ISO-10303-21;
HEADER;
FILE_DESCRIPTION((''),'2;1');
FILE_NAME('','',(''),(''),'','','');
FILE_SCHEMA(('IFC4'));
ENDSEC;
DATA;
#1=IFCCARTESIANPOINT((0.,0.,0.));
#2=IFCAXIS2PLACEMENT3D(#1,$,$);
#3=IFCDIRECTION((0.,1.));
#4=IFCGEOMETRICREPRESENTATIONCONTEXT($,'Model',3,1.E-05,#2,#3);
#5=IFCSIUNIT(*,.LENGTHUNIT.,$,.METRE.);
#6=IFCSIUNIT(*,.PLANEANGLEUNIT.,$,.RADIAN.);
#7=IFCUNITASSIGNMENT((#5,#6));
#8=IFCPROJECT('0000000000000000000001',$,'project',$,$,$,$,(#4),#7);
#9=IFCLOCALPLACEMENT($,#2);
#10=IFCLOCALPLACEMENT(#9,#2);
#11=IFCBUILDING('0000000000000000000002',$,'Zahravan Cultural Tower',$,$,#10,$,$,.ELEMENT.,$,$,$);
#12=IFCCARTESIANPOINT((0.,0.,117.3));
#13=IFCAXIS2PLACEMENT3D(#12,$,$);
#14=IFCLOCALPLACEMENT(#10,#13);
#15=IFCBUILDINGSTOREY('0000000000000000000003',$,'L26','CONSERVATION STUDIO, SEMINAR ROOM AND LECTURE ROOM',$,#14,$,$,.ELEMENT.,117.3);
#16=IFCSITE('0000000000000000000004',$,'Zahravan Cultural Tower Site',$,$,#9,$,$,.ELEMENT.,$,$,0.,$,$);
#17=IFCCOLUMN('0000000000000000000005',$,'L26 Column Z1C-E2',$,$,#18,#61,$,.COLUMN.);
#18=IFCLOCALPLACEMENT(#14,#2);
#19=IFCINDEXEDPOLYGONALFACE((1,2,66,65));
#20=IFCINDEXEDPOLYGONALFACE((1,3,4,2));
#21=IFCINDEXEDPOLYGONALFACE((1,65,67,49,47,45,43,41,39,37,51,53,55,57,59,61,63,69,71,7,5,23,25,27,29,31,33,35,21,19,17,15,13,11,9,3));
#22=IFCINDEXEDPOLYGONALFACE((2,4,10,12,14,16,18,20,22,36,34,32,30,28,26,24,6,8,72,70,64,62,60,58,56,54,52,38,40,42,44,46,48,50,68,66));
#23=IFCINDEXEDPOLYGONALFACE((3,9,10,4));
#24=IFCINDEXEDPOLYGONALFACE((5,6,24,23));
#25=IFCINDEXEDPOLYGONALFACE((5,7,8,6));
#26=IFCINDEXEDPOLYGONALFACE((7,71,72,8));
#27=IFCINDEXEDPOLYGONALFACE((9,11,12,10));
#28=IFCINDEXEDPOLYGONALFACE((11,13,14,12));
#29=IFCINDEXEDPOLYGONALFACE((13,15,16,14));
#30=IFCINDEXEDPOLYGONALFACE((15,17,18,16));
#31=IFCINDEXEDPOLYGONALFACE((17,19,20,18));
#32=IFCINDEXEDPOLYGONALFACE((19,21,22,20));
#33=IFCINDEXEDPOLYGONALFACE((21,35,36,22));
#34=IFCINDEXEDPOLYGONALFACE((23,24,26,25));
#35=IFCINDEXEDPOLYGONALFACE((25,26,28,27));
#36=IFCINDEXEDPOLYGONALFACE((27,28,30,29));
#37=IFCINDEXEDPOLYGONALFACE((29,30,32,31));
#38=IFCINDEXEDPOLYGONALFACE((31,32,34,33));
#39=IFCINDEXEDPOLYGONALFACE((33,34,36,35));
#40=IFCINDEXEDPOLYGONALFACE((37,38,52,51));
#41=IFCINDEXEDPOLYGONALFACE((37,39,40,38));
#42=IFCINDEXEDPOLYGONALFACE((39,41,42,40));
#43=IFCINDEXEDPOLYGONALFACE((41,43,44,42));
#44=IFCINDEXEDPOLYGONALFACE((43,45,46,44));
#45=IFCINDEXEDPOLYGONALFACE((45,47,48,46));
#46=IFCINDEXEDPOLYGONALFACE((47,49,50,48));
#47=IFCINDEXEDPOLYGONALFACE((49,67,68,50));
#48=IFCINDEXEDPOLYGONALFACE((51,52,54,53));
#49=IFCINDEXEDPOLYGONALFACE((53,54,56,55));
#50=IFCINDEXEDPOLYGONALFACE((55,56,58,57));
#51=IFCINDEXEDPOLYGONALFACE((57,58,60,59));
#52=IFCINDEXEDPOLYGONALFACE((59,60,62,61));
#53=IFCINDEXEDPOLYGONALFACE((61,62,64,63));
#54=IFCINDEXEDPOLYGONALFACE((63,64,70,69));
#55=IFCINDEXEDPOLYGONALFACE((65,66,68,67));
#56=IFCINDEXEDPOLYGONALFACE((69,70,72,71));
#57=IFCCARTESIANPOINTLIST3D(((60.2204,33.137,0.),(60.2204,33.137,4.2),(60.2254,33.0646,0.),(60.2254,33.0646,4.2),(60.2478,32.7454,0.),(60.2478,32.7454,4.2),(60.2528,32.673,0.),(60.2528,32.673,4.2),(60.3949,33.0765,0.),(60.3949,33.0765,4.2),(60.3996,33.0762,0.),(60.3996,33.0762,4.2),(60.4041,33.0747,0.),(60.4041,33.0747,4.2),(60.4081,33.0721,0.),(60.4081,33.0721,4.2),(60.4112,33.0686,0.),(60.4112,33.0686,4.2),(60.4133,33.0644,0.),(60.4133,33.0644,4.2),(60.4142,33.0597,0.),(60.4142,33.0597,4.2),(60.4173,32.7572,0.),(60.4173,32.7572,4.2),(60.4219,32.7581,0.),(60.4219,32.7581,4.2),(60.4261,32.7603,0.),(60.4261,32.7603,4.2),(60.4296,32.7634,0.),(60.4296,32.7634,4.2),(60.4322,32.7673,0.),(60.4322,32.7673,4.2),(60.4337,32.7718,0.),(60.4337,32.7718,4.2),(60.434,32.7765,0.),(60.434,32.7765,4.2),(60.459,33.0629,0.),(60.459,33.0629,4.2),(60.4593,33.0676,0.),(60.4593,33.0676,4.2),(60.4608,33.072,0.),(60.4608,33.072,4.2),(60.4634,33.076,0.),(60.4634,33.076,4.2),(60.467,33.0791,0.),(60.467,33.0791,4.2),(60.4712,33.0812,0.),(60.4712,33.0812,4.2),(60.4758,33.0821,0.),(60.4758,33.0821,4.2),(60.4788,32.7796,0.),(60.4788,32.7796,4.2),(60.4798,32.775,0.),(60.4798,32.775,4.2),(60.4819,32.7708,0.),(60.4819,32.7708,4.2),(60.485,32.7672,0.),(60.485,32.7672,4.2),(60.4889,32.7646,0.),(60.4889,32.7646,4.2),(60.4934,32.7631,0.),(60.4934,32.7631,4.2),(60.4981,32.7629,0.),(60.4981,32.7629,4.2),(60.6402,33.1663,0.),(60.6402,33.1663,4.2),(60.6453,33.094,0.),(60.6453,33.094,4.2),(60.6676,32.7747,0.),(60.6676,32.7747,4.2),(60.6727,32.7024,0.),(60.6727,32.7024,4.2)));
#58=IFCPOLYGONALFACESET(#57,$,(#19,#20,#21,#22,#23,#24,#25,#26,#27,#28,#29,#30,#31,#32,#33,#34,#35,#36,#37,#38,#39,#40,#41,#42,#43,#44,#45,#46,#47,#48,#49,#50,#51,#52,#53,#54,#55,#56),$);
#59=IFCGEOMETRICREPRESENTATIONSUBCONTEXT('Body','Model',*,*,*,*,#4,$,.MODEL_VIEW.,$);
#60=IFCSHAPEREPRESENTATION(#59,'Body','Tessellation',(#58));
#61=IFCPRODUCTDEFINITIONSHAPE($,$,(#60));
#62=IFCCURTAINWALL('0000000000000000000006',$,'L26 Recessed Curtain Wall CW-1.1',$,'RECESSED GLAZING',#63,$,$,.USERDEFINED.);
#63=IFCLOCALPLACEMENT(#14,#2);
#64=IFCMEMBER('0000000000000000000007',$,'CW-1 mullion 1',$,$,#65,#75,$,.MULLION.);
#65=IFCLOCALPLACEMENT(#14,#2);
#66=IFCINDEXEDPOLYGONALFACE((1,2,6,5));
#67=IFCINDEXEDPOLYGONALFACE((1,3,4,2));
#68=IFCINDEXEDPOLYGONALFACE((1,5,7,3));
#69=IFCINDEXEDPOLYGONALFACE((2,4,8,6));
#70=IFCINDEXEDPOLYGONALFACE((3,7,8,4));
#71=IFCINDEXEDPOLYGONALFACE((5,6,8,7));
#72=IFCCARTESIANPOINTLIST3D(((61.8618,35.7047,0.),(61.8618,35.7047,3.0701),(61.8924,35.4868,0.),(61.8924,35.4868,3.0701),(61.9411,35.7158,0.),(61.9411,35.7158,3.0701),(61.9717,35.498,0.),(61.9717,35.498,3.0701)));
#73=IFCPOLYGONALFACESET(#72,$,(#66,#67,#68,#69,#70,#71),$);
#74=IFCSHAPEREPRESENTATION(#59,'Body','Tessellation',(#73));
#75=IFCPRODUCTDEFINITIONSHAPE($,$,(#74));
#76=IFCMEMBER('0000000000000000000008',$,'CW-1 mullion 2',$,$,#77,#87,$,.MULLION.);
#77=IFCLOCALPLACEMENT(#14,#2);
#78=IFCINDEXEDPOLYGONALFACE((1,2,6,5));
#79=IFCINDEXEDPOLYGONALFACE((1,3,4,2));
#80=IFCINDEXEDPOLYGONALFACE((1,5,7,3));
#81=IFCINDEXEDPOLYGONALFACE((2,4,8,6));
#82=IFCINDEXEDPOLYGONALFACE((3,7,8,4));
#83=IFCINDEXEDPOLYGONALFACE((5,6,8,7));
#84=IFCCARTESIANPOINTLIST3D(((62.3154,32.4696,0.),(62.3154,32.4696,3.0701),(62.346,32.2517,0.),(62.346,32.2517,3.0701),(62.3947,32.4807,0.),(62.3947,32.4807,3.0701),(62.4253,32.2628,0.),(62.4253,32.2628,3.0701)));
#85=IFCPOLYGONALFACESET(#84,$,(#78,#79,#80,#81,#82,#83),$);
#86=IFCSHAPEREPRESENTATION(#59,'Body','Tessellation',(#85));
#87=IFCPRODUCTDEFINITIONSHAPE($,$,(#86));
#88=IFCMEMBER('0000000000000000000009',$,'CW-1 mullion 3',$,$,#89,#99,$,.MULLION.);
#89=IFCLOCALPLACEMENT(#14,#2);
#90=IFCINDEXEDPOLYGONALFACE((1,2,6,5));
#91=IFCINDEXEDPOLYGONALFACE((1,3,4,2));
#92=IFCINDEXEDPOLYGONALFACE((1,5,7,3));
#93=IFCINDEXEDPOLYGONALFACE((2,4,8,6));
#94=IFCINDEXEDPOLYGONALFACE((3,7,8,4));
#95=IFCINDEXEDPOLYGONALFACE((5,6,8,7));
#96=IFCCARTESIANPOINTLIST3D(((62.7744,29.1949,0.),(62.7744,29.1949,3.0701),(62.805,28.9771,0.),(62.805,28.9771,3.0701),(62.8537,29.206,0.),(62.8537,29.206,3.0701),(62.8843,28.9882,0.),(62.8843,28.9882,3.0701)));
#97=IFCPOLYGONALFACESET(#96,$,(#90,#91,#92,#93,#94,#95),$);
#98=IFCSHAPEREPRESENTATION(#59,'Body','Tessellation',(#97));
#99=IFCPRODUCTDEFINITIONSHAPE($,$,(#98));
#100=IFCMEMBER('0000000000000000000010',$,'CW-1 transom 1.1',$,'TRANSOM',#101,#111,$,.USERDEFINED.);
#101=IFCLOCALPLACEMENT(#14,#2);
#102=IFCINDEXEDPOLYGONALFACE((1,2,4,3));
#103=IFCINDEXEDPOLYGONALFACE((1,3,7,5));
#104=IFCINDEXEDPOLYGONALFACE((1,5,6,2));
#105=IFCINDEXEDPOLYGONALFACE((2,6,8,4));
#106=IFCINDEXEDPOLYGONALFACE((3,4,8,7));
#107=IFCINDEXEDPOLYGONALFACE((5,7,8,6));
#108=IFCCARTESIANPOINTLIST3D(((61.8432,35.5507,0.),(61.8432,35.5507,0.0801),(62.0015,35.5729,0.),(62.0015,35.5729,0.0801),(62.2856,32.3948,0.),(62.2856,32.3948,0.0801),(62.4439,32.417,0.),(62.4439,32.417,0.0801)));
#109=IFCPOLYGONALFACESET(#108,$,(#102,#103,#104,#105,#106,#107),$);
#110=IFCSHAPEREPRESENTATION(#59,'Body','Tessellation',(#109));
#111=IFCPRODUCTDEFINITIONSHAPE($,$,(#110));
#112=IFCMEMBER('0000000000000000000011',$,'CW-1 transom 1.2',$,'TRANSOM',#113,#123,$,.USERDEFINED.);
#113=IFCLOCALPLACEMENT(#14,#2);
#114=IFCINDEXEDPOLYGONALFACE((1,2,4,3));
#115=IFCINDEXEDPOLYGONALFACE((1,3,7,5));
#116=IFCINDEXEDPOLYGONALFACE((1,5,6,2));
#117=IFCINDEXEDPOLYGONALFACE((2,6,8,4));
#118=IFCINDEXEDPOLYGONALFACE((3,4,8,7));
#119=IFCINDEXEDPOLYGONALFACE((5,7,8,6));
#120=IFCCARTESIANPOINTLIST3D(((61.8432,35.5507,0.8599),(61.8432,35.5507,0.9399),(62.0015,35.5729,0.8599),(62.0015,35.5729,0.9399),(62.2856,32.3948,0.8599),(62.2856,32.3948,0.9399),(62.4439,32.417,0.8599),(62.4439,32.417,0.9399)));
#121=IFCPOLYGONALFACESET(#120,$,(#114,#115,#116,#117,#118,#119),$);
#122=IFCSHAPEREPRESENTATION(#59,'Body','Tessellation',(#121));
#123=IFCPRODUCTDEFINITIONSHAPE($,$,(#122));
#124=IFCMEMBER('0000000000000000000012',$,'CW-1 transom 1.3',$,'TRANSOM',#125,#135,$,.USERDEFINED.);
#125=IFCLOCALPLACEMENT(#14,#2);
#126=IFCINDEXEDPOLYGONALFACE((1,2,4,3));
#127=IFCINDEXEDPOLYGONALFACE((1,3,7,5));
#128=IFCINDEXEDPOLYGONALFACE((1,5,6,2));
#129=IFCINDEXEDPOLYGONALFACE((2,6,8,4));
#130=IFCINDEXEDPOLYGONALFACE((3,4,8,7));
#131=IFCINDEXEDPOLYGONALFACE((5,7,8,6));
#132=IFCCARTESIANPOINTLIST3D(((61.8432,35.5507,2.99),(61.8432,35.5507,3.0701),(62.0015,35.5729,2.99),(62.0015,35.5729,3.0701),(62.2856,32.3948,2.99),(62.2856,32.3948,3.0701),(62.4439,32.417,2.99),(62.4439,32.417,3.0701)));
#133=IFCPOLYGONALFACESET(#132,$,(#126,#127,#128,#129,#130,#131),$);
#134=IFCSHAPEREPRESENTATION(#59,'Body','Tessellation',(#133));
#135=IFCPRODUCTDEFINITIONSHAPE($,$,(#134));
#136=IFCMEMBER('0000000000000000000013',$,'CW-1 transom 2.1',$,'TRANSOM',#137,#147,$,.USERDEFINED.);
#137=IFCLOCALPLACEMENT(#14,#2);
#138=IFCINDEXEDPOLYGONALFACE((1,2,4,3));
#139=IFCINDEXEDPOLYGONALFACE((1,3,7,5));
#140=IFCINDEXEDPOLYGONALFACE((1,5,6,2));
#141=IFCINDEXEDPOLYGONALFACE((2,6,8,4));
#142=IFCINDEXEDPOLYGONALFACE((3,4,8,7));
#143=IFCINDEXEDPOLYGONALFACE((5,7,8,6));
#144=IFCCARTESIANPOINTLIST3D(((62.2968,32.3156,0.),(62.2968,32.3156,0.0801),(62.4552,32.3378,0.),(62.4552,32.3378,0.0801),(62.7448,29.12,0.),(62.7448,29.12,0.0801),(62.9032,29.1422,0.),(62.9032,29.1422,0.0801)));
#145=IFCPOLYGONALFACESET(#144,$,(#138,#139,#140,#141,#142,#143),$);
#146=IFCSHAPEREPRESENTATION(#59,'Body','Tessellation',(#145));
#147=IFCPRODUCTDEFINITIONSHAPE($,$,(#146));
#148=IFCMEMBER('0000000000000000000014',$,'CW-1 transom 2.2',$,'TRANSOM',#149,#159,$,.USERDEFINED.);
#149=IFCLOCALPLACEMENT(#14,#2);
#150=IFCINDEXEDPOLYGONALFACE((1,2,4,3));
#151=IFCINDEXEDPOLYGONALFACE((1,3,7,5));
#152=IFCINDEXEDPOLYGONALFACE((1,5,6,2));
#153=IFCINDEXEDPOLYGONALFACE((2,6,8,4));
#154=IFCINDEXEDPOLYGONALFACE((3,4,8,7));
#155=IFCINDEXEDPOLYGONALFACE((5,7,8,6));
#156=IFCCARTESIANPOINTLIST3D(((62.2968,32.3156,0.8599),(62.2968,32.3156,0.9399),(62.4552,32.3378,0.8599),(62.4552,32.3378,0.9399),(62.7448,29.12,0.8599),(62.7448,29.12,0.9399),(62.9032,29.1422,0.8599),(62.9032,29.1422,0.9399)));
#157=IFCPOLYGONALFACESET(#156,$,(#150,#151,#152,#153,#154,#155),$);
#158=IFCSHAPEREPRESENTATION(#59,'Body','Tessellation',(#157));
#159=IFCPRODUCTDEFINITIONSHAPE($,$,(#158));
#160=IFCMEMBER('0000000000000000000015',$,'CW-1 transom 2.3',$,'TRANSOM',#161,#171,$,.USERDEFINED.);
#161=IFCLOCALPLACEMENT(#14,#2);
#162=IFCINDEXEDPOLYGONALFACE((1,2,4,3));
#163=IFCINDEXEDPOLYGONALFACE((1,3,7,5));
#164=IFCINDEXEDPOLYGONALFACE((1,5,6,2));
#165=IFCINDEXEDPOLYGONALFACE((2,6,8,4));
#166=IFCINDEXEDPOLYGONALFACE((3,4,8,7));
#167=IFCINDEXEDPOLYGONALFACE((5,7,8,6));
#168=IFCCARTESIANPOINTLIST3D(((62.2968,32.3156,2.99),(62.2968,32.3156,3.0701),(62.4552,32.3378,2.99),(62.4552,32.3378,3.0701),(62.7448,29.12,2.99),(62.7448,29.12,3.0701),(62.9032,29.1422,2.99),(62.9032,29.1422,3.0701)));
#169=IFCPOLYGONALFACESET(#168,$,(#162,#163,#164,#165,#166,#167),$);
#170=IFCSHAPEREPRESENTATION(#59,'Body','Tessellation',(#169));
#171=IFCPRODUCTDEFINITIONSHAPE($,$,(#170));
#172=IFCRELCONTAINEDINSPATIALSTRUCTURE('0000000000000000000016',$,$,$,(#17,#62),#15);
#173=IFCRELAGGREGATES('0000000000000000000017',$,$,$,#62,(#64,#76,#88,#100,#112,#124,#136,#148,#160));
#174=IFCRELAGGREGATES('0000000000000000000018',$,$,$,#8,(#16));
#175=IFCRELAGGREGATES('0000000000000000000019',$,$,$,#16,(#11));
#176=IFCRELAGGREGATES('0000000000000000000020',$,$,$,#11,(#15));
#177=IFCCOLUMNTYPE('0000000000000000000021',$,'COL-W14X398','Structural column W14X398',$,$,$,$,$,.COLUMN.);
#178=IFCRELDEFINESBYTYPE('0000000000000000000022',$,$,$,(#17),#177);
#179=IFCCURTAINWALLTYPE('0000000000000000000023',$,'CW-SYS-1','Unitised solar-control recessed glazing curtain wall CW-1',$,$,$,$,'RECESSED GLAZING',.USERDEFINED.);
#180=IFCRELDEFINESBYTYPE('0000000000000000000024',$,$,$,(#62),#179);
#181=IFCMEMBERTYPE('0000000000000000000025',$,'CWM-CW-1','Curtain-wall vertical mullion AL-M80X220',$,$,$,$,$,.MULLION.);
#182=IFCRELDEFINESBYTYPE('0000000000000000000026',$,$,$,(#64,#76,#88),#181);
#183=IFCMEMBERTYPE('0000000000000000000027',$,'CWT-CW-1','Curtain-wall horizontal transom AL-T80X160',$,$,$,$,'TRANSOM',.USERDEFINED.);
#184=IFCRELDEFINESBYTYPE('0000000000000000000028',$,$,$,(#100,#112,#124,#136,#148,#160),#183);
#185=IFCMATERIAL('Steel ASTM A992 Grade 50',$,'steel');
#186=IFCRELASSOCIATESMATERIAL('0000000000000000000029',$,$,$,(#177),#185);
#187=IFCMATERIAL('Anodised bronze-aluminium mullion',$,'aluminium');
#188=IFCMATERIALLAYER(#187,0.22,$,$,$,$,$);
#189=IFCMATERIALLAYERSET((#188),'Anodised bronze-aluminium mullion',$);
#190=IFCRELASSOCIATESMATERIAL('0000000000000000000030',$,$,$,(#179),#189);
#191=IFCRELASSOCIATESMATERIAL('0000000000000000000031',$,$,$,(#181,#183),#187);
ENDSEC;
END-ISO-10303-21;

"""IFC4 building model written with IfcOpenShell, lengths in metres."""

from ifc_helpers import new_model, si_unit, direction, frame, origin, origin_2d, place, context, subcontext, project, spatial, rectangle, i_section, extrude, source, transform, mapped, material, layer, layer_set, material_profile, profile_set, type_object, element, aggregate, save


model = new_model("IFC4")

# Units and contexts
model_context = context("Model", 3, precision=1e-05, world=origin(), true_north=direction((0.0, 1.0)))
body_context = subcontext(model_context, "Body", "Model", "MODEL_VIEW")
ifc_project = project(units=[si_unit("LENGTHUNIT", "METRE"), si_unit("PLANEANGLEUNIT", "RADIAN")], contexts=[model_context])

# Site, building, storey
site_placement = place(None, origin())
site = spatial("IfcSite", under=ifc_project, at=site_placement, Name="Zahravan Cultural Tower Site", CompositionType="ELEMENT", RefElevation=0.0)
building_placement = place(site_placement, origin())
building = spatial("IfcBuilding", under=site, at=building_placement, Name="Zahravan Cultural Tower", CompositionType="ELEMENT")
storey_placement = place(building_placement, frame((0.0, 0.0, 117.3)))
storey = spatial("IfcBuildingStorey", under=building, at=storey_placement, Name="L26", Description="CONSERVATION STUDIO, SEMINAR ROOM AND LECTURE ROOM", CompositionType="ELEMENT", Elevation=117.3)

# Column
ifc_material_1 = material(Name="Steel ASTM A992 Grade 50", Category="steel")
ifc_material_profile_1 = material_profile(ifc_material_1, i_section(OverallWidth=0.4209, OverallDepth=0.4651, WebThickness=0.0449, FlangeThickness=0.0725, FilletRadius=0.0181, at=origin_2d()), Name="W14X398")
ifc_profile_set_1 = profile_set([ifc_material_profile_1], Name="Steel ASTM A992 Grade 50")
column_type = type_object("IfcColumnType", Name="COL-W14X398", Description="Structural column W14X398", PredefinedType="COLUMN", material=ifc_profile_set_1)
shared_shape_1 = source(origin(), body_context, "Body", "SweptSolid", [
    extrude(i_section(OverallWidth=0.4209, OverallDepth=0.4651, WebThickness=0.0449, FlangeThickness=0.0725, FilletRadius=0.0181, at=origin_2d()), origin(), (0.0, 0.0, 1.0), 4.2),
])
column_placement = place(storey_placement, frame((60.4465, 32.9197, 0.0), z_axis=(0.0, 0.0, 1.0), x_axis=(0.997564, 0.069756, 0.0)))
element("IfcColumn", 1, at=column_placement, inside=storey, type_object=column_type, Name="L26 Column Z1C-E2", PredefinedType="COLUMN", context=body_context, shape_type="MappedRepresentation", body=[
    mapped(shared_shape_1, transform((0.0, 0.0, 0.0), x_axis=(1.0, 0.0, 0.0), y_axis=(0.0, 1.0, 0.0), z_axis=(0.0, 0.0, 1.0), scale=1.0)),
])

# Curtain wall, members
ifc_material_2 = material(Name="Anodised bronze-aluminium mullion", Category="aluminium")
ifc_layer_1 = layer(ifc_material_2, 0.22)
ifc_layer_set_1 = layer_set([ifc_layer_1], Name="Anodised bronze-aluminium mullion")
curtain_wall_type = type_object("IfcCurtainWallType", Name="CW-SYS-1", Description="Unitised solar-control recessed glazing curtain wall CW-1", ElementType="RECESSED GLAZING", PredefinedType="USERDEFINED", material=ifc_layer_set_1)
curtain_wall_placement = place(storey_placement, origin())
curtain_wall = element("IfcCurtainWall", 2, at=curtain_wall_placement, inside=storey, type_object=curtain_wall_type, Name="L26 Recessed Curtain Wall CW-1.1", ObjectType="RECESSED GLAZING", PredefinedType="USERDEFINED")
ifc_material_profile_2 = material_profile(ifc_material_2, rectangle(XDim=0.0801, YDim=0.22, at=origin_2d()), Name="AL-M80X220")
ifc_profile_set_2 = profile_set([ifc_material_profile_2], Name="Anodised bronze-aluminium mullion")
member_type_1 = type_object("IfcMemberType", Name="CWM-CW-1", Description="Curtain-wall vertical mullion AL-M80X220", PredefinedType="MULLION", material=ifc_profile_set_2)
shared_shape_2 = source(origin(), body_context, "Body", "SweptSolid", [
    extrude(rectangle(XDim=0.0801, YDim=0.22, at=origin_2d()), origin(), (0.0, 0.0, 1.0), 3.0701),
])
member_1_placement = place(storey_placement, frame((61.9167, 35.6013, 0.0), z_axis=(0.0, 0.0, 1.0), x_axis=(0.990316, 0.13883, 0.0)))
member_1 = element("IfcMember", 3, at=member_1_placement, type_object=member_type_1, Name="CW-1 mullion 1", PredefinedType="MULLION", context=body_context, shape_type="MappedRepresentation", body=[
    mapped(shared_shape_2, transform((0.0, 0.0, 0.0), x_axis=(1.0, 0.0, 0.0), y_axis=(0.0, 1.0, 0.0), z_axis=(0.0, 0.0, 1.0), scale=1.0)),
])
member_2_placement = place(storey_placement, frame((62.3704, 32.3662, 0.0), z_axis=(0.0, 0.0, 1.0), x_axis=(0.990316, 0.13883, 0.0)))
member_2 = element("IfcMember", 4, at=member_2_placement, type_object=member_type_1, Name="CW-1 mullion 2", PredefinedType="MULLION", context=body_context, shape_type="MappedRepresentation", body=[
    mapped(shared_shape_2, transform((0.0, 0.0, 0.0), x_axis=(1.0, 0.0, 0.0), y_axis=(0.0, 1.0, 0.0), z_axis=(0.0, 0.0, 1.0), scale=1.0)),
])
member_3_placement = place(storey_placement, frame((62.8293, 29.0916, 0.0), z_axis=(0.0, 0.0, 1.0), x_axis=(0.990316, 0.13883, 0.0)))
member_3 = element("IfcMember", 5, at=member_3_placement, type_object=member_type_1, Name="CW-1 mullion 3", PredefinedType="MULLION", context=body_context, shape_type="MappedRepresentation", body=[
    mapped(shared_shape_2, transform((0.0, 0.0, 0.0), x_axis=(1.0, 0.0, 0.0), y_axis=(0.0, 1.0, 0.0), z_axis=(0.0, 0.0, 1.0), scale=1.0)),
])
ifc_material_profile_3 = material_profile(ifc_material_2, rectangle(XDim=0.1599, YDim=0.0801, at=origin_2d()), Name="AL-T80X160")
ifc_profile_set_3 = profile_set([ifc_material_profile_3], Name="Anodised bronze-aluminium mullion")
member_type_2 = type_object("IfcMemberType", Name="CWT-CW-1", Description="Curtain-wall horizontal transom AL-T80X160", ElementType="TRANSOM", PredefinedType="USERDEFINED", material=ifc_profile_set_3)
shared_shape_3 = source(origin(), body_context, "Body", "SweptSolid", [
    extrude(rectangle(XDim=0.1599, YDim=0.0801, at=origin_2d()), origin(), (0.0, 0.0, 1.0), 3.1868),
])
member_4_placement = place(storey_placement, frame((61.9224, 35.5618, 0.04), z_axis=(0.138815, -0.990318, 0.0), x_axis=(0.990318, 0.138815, 0.0)))
member_4 = element("IfcMember", 6, at=member_4_placement, type_object=member_type_2, Name="CW-1 transom 1.1", ObjectType="TRANSOM", PredefinedType="USERDEFINED", context=body_context, shape_type="MappedRepresentation", body=[
    mapped(shared_shape_3, transform((0.0, 0.0, 0.0), x_axis=(1.0, 0.0, 0.0), y_axis=(0.0, 1.0, 0.0), z_axis=(0.0, 0.0, 1.0), scale=1.0)),
])
member_5_placement = place(storey_placement, frame((61.9224, 35.5618, 0.8999), z_axis=(0.138815, -0.990318, 0.0), x_axis=(0.990318, 0.138815, 0.0)))
member_5 = element("IfcMember", 7, at=member_5_placement, type_object=member_type_2, Name="CW-1 transom 1.2", ObjectType="TRANSOM", PredefinedType="USERDEFINED", context=body_context, shape_type="MappedRepresentation", body=[
    mapped(shared_shape_3, transform((0.0, 0.0, 0.0), x_axis=(1.0, 0.0, 0.0), y_axis=(0.0, 1.0, 0.0), z_axis=(0.0, 0.0, 1.0), scale=1.0)),
])
member_6_placement = place(storey_placement, frame((61.9224, 35.5618, 3.03), z_axis=(0.138815, -0.990318, 0.0), x_axis=(0.990318, 0.138815, 0.0)))
member_6 = element("IfcMember", 8, at=member_6_placement, type_object=member_type_2, Name="CW-1 transom 1.3", ObjectType="TRANSOM", PredefinedType="USERDEFINED", context=body_context, shape_type="MappedRepresentation", body=[
    mapped(shared_shape_3, transform((0.0, 0.0, 0.0), x_axis=(1.0, 0.0, 0.0), y_axis=(0.0, 1.0, 0.0), z_axis=(0.0, 0.0, 1.0), scale=1.0)),
])
shared_shape_4 = source(origin(), body_context, "Body", "SweptSolid", [
    extrude(rectangle(XDim=0.1599, YDim=0.0801, at=origin_2d()), origin(), (0.0, 0.0, 1.0), 3.2268),
])
member_7_placement = place(storey_placement, frame((62.376, 32.3267, 0.04), z_axis=(0.138836, -0.990315, 0.0), x_axis=(0.990315, 0.138836, 0.0)))
member_7 = element("IfcMember", 9, at=member_7_placement, type_object=member_type_2, Name="CW-1 transom 2.1", ObjectType="TRANSOM", PredefinedType="USERDEFINED", context=body_context, shape_type="MappedRepresentation", body=[
    mapped(shared_shape_4, transform((0.0, 0.0, 0.0), x_axis=(1.0, 0.0, 0.0), y_axis=(0.0, 1.0, 0.0), z_axis=(0.0, 0.0, 1.0), scale=1.0)),
])
member_8_placement = place(storey_placement, frame((62.376, 32.3267, 0.8999), z_axis=(0.138836, -0.990315, 0.0), x_axis=(0.990315, 0.138836, 0.0)))
member_8 = element("IfcMember", 10, at=member_8_placement, type_object=member_type_2, Name="CW-1 transom 2.2", ObjectType="TRANSOM", PredefinedType="USERDEFINED", context=body_context, shape_type="MappedRepresentation", body=[
    mapped(shared_shape_4, transform((0.0, 0.0, 0.0), x_axis=(1.0, 0.0, 0.0), y_axis=(0.0, 1.0, 0.0), z_axis=(0.0, 0.0, 1.0), scale=1.0)),
])
member_9_placement = place(storey_placement, frame((62.376, 32.3267, 3.03), z_axis=(0.138836, -0.990315, 0.0), x_axis=(0.990315, 0.138836, 0.0)))
member_9 = element("IfcMember", 11, at=member_9_placement, type_object=member_type_2, Name="CW-1 transom 2.3", ObjectType="TRANSOM", PredefinedType="USERDEFINED", context=body_context, shape_type="MappedRepresentation", body=[
    mapped(shared_shape_4, transform((0.0, 0.0, 0.0), x_axis=(1.0, 0.0, 0.0), y_axis=(0.0, 1.0, 0.0), z_axis=(0.0, 0.0, 1.0), scale=1.0)),
])
aggregate(curtain_wall, [member_1, member_2, member_3, member_4, member_5, member_6, member_7, member_8, member_9])

save(model, "model.ifc")
